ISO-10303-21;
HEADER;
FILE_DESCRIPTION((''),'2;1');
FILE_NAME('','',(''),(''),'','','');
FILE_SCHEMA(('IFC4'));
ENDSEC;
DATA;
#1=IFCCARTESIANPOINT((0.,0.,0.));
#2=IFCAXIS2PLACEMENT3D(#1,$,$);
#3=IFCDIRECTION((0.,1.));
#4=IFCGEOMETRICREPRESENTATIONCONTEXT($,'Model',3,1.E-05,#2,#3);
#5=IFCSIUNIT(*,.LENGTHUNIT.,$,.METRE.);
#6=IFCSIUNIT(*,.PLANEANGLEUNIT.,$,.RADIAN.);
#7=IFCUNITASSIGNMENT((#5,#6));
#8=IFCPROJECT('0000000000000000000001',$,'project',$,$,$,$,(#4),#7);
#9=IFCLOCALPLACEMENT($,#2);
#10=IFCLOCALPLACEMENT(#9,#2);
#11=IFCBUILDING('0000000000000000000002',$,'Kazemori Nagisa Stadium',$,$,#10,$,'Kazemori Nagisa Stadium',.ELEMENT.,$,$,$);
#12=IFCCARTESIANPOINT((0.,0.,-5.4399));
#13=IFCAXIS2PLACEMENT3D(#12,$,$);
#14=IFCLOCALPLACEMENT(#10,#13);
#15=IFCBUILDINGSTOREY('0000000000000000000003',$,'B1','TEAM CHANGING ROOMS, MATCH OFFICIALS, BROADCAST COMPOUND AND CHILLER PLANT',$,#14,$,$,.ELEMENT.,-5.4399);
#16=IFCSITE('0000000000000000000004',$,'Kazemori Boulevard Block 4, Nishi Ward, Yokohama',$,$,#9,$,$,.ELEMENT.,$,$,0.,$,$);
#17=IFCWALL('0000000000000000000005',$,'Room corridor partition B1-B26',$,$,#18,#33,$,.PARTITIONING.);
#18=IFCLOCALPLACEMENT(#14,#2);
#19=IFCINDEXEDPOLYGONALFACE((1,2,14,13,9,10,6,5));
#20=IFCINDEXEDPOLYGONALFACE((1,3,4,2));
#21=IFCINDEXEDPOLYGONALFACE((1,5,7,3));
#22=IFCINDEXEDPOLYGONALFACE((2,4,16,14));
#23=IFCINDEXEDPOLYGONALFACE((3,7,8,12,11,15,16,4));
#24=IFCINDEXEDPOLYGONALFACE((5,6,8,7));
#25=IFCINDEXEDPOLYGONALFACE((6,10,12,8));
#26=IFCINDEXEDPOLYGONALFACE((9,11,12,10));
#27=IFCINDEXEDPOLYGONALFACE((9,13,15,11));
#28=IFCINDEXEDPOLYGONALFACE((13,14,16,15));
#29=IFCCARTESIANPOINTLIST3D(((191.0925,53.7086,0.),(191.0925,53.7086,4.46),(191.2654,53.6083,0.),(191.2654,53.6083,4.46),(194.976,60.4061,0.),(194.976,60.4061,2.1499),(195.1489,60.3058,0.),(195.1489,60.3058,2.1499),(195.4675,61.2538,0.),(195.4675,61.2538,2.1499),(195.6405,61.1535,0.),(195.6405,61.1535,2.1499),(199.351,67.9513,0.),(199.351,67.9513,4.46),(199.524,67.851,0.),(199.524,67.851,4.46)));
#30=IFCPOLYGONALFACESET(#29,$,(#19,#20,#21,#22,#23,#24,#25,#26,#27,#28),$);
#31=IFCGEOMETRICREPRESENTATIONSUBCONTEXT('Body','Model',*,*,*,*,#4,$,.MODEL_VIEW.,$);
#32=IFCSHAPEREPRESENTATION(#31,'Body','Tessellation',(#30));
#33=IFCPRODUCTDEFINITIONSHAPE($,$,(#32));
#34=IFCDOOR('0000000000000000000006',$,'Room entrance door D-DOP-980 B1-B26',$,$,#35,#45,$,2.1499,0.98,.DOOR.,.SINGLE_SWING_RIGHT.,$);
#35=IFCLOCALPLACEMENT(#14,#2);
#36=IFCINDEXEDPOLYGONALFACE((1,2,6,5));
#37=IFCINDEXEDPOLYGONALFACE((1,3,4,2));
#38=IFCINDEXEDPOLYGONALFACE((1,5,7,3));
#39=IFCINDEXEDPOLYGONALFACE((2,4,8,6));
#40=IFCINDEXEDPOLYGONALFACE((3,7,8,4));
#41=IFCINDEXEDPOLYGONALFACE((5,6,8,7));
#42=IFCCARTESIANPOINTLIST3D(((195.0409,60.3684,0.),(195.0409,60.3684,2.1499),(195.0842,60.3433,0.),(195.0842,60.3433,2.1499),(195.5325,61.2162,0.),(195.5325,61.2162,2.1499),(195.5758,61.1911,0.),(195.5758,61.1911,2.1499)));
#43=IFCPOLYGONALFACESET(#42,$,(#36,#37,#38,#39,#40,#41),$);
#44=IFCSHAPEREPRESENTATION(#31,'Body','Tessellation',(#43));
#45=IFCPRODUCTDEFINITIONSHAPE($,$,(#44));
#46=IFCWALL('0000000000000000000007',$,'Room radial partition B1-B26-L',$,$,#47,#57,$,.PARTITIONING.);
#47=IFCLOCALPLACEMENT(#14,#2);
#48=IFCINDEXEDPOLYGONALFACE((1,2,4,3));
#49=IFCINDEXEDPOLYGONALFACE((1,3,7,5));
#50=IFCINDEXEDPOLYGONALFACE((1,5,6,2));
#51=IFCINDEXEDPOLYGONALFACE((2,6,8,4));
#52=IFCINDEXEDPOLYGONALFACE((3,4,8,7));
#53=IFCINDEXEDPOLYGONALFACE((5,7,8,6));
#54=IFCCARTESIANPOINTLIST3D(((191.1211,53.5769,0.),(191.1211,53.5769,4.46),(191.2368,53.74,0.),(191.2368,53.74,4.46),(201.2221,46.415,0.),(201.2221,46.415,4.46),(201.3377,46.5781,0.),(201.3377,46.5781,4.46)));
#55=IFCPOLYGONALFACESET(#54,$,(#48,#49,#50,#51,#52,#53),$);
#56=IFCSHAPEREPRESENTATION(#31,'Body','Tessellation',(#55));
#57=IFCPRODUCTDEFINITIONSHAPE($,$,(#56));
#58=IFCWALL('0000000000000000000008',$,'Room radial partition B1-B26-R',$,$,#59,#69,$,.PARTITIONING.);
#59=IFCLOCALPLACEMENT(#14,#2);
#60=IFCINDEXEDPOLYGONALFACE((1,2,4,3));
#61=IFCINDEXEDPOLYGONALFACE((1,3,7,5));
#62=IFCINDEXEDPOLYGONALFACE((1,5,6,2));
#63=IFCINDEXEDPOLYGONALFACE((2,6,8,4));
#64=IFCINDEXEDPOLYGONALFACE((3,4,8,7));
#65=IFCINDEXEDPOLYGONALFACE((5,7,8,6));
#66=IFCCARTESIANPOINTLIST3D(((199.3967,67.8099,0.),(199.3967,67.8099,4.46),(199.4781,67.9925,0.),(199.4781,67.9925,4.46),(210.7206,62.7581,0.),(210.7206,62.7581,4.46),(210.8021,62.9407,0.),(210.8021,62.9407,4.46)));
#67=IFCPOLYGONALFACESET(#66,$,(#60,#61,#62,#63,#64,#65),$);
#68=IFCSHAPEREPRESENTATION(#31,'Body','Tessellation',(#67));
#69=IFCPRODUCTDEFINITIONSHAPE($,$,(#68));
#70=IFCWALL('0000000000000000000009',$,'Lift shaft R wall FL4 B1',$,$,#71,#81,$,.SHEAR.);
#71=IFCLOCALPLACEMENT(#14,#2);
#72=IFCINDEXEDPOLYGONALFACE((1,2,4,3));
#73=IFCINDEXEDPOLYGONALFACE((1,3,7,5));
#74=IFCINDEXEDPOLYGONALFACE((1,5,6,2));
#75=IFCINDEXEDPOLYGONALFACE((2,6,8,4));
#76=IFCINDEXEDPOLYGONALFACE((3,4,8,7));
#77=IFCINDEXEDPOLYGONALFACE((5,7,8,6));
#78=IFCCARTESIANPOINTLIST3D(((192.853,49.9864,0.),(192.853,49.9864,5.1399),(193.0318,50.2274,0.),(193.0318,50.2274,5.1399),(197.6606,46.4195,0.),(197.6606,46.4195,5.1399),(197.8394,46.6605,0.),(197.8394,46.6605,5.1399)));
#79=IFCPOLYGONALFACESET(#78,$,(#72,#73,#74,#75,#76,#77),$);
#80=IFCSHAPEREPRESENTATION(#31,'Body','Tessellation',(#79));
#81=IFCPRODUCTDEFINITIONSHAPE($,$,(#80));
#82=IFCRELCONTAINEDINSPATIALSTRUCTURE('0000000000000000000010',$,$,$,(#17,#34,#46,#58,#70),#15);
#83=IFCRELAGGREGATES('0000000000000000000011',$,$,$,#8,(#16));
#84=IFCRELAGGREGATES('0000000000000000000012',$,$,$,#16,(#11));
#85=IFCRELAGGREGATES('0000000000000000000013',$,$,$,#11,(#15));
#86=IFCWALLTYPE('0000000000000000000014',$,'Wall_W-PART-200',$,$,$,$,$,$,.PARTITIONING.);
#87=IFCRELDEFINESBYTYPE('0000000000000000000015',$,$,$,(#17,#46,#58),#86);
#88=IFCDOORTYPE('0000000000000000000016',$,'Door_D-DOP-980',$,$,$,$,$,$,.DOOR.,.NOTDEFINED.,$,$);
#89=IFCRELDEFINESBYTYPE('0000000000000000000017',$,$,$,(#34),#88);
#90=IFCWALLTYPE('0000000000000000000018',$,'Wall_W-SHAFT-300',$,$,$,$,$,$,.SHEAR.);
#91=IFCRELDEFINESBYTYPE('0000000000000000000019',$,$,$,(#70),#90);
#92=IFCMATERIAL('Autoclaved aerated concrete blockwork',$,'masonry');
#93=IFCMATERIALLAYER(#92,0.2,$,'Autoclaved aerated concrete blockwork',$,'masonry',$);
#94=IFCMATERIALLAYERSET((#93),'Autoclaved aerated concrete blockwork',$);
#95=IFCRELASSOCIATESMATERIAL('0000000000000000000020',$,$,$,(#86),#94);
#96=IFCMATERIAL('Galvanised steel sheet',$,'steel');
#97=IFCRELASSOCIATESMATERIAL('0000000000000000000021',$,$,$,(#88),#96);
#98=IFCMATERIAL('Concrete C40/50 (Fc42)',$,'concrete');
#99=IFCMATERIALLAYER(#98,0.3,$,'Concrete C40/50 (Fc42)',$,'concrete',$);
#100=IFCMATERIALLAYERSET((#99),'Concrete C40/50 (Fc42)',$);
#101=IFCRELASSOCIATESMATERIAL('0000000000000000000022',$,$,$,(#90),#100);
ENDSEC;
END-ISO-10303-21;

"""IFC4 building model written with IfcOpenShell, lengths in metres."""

from ifc_helpers import new_model, si_unit, direction, frame, frame_2d, origin, place, context, subcontext, project, spatial, rectangle, extrude, material, layer, layer_set, type_object, element, fill, save


model = new_model("IFC4")

# Units and contexts
model_context = context("Model", 3, precision=1e-05, world=origin(), true_north=direction((0.0, 1.0)))
body_context = subcontext(model_context, "Body", "Model", "MODEL_VIEW")
ifc_project = project(units=[si_unit("LENGTHUNIT", "METRE"), si_unit("PLANEANGLEUNIT", "RADIAN")], contexts=[model_context])

# Site, building, storey
site_placement = place(None, origin())
site = spatial("IfcSite", under=ifc_project, at=site_placement, Name="Kazemori Boulevard Block 4, Nishi Ward, Yokohama", CompositionType="ELEMENT", RefElevation=0.0)
building_placement = place(site_placement, origin())
building = spatial("IfcBuilding", under=site, at=building_placement, Name="Kazemori Nagisa Stadium", LongName="Kazemori Nagisa Stadium", CompositionType="ELEMENT")
storey_placement = place(building_placement, frame((0.0, 0.0, -5.4399)))
storey = spatial("IfcBuildingStorey", under=building, at=storey_placement, Name="B1", Description="TEAM CHANGING ROOMS, MATCH OFFICIALS, BROADCAST COMPOUND AND CHILLER PLANT", CompositionType="ELEMENT", Elevation=-5.4399)

# Shared definitions
ifc_material_1 = material(Name="Concrete C40/50 (Fc42)", Category="concrete")

# Shared definitions
ifc_material_2 = material(Name="Galvanised steel sheet", Category="steel")

# Wall, opening, door
ifc_material_3 = material(Name="Autoclaved aerated concrete blockwork", Category="masonry")
ifc_layer_1 = layer(ifc_material_3, 0.2, Name="Autoclaved aerated concrete blockwork", Category="masonry")
ifc_layer_set_1 = layer_set([ifc_layer_1], Name="Autoclaved aerated concrete blockwork")
wall_type_1 = type_object("IfcWallType", Name="Wall_W-PART-200", PredefinedType="PARTITIONING", material=ifc_layer_set_1)
wall_1_placement = place(storey_placement, frame((191.179, 53.6584, 0.0), z_axis=(0.0, 0.0, 1.0), x_axis=(0.501618, 0.865089, 0.0)))
wall_1 = element("IfcWall", 1, at=wall_1_placement, inside=storey, type_object=wall_type_1, Name="Room corridor partition B1-B26", PredefinedType="PARTITIONING", context=body_context, shape_type="SweptSolid", body=[
    extrude(rectangle(XDim=16.4639, YDim=0.2, at=frame_2d((8.2319, 0.0))), origin(), (0.0, 0.0, 1.0), 4.46),
])
opening_1_placement = place(wall_1_placement, frame((7.7419, 0.0, 0.0)))
opening_1 = element("IfcOpeningElement", 2, at=opening_1_placement, cuts=wall_1, PredefinedType="OPENING", context=body_context, shape_type="SweptSolid", body=[
    extrude(rectangle(XDim=0.98, YDim=2.1499, at=frame_2d((0.49, 1.075))), frame((0.0, 0.1099, 0.0), z_axis=(0.0, -1.0, 0.0), x_axis=(1.0, 0.0, 0.0)), (0.0, 0.0, 1.0), 0.22),
])
door_type_1 = type_object("IfcDoorType", Name="Door_D-DOP-980", OperationType="NOTDEFINED", PredefinedType="DOOR", material=ifc_material_2)
door_1_placement = place(opening_1_placement, origin())
door_1 = element("IfcDoor", 3, at=door_1_placement, inside=storey, type_object=door_type_1, Name="Room entrance door D-DOP-980 B1-B26", OperationType="SINGLE_SWING_RIGHT", OverallHeight=2.1499, OverallWidth=0.98, PredefinedType="DOOR", context=body_context, shape_type="SweptSolid", body=[
    extrude(rectangle(XDim=0.98, YDim=2.1499, at=frame_2d((0.49, 1.075))), frame((0.0, 0.0249, 0.0), z_axis=(0.0, -1.0, 0.0), x_axis=(1.0, 0.0, 0.0)), (0.0, 0.0, 1.0), 0.05),
])
fill(opening_1, door_1)

# Walls
wall_2_placement = place(storey_placement, frame((191.179, 53.6584, 0.0), z_axis=(0.0, 0.0, 1.0), x_axis=(0.815754, -0.5784, 0.0)))
element("IfcWall", 4, at=wall_2_placement, inside=storey, type_object=wall_type_1, Name="Room radial partition B1-B26-L", PredefinedType="PARTITIONING", context=body_context, shape_type="SweptSolid", body=[
    extrude(rectangle(XDim=12.3823, YDim=0.2, at=frame_2d((6.1912, 0.0))), origin(), (0.0, 0.0, 1.0), 4.46),
])
wall_3_placement = place(storey_placement, frame((199.4375, 67.9011, 0.0), z_axis=(0.0, 0.0, 1.0), x_axis=(0.913246, -0.40741, 0.0)))
element("IfcWall", 5, at=wall_3_placement, inside=storey, type_object=wall_type_1, Name="Room radial partition B1-B26-R", PredefinedType="PARTITIONING", context=body_context, shape_type="SweptSolid", body=[
    extrude(rectangle(XDim=12.3997, YDim=0.2, at=frame_2d((6.1997, 0.0))), origin(), (0.0, 0.0, 1.0), 4.46),
])
ifc_layer_2 = layer(ifc_material_1, 0.3, Name="Concrete C40/50 (Fc42)", Category="concrete")
ifc_layer_set_2 = layer_set([ifc_layer_2], Name="Concrete C40/50 (Fc42)")
wall_type_2 = type_object("IfcWallType", Name="Wall_W-SHAFT-300", PredefinedType="SHEAR", material=ifc_layer_set_2)
wall_4_placement = place(storey_placement, frame((192.9424, 50.1069, 0.0), z_axis=(0.0, 0.0, 1.0), x_axis=(0.803102, -0.595842, 0.0)))
element("IfcWall", 6, at=wall_4_placement, inside=storey, type_object=wall_type_2, Name="Lift shaft R wall FL4 B1", PredefinedType="SHEAR", context=body_context, shape_type="SweptSolid", body=[
    extrude(rectangle(XDim=5.9863, YDim=0.3, at=frame_2d((2.9932, 0.0))), origin(), (0.0, 0.0, 1.0), 5.1399),
])

save(model, "model.ifc")
